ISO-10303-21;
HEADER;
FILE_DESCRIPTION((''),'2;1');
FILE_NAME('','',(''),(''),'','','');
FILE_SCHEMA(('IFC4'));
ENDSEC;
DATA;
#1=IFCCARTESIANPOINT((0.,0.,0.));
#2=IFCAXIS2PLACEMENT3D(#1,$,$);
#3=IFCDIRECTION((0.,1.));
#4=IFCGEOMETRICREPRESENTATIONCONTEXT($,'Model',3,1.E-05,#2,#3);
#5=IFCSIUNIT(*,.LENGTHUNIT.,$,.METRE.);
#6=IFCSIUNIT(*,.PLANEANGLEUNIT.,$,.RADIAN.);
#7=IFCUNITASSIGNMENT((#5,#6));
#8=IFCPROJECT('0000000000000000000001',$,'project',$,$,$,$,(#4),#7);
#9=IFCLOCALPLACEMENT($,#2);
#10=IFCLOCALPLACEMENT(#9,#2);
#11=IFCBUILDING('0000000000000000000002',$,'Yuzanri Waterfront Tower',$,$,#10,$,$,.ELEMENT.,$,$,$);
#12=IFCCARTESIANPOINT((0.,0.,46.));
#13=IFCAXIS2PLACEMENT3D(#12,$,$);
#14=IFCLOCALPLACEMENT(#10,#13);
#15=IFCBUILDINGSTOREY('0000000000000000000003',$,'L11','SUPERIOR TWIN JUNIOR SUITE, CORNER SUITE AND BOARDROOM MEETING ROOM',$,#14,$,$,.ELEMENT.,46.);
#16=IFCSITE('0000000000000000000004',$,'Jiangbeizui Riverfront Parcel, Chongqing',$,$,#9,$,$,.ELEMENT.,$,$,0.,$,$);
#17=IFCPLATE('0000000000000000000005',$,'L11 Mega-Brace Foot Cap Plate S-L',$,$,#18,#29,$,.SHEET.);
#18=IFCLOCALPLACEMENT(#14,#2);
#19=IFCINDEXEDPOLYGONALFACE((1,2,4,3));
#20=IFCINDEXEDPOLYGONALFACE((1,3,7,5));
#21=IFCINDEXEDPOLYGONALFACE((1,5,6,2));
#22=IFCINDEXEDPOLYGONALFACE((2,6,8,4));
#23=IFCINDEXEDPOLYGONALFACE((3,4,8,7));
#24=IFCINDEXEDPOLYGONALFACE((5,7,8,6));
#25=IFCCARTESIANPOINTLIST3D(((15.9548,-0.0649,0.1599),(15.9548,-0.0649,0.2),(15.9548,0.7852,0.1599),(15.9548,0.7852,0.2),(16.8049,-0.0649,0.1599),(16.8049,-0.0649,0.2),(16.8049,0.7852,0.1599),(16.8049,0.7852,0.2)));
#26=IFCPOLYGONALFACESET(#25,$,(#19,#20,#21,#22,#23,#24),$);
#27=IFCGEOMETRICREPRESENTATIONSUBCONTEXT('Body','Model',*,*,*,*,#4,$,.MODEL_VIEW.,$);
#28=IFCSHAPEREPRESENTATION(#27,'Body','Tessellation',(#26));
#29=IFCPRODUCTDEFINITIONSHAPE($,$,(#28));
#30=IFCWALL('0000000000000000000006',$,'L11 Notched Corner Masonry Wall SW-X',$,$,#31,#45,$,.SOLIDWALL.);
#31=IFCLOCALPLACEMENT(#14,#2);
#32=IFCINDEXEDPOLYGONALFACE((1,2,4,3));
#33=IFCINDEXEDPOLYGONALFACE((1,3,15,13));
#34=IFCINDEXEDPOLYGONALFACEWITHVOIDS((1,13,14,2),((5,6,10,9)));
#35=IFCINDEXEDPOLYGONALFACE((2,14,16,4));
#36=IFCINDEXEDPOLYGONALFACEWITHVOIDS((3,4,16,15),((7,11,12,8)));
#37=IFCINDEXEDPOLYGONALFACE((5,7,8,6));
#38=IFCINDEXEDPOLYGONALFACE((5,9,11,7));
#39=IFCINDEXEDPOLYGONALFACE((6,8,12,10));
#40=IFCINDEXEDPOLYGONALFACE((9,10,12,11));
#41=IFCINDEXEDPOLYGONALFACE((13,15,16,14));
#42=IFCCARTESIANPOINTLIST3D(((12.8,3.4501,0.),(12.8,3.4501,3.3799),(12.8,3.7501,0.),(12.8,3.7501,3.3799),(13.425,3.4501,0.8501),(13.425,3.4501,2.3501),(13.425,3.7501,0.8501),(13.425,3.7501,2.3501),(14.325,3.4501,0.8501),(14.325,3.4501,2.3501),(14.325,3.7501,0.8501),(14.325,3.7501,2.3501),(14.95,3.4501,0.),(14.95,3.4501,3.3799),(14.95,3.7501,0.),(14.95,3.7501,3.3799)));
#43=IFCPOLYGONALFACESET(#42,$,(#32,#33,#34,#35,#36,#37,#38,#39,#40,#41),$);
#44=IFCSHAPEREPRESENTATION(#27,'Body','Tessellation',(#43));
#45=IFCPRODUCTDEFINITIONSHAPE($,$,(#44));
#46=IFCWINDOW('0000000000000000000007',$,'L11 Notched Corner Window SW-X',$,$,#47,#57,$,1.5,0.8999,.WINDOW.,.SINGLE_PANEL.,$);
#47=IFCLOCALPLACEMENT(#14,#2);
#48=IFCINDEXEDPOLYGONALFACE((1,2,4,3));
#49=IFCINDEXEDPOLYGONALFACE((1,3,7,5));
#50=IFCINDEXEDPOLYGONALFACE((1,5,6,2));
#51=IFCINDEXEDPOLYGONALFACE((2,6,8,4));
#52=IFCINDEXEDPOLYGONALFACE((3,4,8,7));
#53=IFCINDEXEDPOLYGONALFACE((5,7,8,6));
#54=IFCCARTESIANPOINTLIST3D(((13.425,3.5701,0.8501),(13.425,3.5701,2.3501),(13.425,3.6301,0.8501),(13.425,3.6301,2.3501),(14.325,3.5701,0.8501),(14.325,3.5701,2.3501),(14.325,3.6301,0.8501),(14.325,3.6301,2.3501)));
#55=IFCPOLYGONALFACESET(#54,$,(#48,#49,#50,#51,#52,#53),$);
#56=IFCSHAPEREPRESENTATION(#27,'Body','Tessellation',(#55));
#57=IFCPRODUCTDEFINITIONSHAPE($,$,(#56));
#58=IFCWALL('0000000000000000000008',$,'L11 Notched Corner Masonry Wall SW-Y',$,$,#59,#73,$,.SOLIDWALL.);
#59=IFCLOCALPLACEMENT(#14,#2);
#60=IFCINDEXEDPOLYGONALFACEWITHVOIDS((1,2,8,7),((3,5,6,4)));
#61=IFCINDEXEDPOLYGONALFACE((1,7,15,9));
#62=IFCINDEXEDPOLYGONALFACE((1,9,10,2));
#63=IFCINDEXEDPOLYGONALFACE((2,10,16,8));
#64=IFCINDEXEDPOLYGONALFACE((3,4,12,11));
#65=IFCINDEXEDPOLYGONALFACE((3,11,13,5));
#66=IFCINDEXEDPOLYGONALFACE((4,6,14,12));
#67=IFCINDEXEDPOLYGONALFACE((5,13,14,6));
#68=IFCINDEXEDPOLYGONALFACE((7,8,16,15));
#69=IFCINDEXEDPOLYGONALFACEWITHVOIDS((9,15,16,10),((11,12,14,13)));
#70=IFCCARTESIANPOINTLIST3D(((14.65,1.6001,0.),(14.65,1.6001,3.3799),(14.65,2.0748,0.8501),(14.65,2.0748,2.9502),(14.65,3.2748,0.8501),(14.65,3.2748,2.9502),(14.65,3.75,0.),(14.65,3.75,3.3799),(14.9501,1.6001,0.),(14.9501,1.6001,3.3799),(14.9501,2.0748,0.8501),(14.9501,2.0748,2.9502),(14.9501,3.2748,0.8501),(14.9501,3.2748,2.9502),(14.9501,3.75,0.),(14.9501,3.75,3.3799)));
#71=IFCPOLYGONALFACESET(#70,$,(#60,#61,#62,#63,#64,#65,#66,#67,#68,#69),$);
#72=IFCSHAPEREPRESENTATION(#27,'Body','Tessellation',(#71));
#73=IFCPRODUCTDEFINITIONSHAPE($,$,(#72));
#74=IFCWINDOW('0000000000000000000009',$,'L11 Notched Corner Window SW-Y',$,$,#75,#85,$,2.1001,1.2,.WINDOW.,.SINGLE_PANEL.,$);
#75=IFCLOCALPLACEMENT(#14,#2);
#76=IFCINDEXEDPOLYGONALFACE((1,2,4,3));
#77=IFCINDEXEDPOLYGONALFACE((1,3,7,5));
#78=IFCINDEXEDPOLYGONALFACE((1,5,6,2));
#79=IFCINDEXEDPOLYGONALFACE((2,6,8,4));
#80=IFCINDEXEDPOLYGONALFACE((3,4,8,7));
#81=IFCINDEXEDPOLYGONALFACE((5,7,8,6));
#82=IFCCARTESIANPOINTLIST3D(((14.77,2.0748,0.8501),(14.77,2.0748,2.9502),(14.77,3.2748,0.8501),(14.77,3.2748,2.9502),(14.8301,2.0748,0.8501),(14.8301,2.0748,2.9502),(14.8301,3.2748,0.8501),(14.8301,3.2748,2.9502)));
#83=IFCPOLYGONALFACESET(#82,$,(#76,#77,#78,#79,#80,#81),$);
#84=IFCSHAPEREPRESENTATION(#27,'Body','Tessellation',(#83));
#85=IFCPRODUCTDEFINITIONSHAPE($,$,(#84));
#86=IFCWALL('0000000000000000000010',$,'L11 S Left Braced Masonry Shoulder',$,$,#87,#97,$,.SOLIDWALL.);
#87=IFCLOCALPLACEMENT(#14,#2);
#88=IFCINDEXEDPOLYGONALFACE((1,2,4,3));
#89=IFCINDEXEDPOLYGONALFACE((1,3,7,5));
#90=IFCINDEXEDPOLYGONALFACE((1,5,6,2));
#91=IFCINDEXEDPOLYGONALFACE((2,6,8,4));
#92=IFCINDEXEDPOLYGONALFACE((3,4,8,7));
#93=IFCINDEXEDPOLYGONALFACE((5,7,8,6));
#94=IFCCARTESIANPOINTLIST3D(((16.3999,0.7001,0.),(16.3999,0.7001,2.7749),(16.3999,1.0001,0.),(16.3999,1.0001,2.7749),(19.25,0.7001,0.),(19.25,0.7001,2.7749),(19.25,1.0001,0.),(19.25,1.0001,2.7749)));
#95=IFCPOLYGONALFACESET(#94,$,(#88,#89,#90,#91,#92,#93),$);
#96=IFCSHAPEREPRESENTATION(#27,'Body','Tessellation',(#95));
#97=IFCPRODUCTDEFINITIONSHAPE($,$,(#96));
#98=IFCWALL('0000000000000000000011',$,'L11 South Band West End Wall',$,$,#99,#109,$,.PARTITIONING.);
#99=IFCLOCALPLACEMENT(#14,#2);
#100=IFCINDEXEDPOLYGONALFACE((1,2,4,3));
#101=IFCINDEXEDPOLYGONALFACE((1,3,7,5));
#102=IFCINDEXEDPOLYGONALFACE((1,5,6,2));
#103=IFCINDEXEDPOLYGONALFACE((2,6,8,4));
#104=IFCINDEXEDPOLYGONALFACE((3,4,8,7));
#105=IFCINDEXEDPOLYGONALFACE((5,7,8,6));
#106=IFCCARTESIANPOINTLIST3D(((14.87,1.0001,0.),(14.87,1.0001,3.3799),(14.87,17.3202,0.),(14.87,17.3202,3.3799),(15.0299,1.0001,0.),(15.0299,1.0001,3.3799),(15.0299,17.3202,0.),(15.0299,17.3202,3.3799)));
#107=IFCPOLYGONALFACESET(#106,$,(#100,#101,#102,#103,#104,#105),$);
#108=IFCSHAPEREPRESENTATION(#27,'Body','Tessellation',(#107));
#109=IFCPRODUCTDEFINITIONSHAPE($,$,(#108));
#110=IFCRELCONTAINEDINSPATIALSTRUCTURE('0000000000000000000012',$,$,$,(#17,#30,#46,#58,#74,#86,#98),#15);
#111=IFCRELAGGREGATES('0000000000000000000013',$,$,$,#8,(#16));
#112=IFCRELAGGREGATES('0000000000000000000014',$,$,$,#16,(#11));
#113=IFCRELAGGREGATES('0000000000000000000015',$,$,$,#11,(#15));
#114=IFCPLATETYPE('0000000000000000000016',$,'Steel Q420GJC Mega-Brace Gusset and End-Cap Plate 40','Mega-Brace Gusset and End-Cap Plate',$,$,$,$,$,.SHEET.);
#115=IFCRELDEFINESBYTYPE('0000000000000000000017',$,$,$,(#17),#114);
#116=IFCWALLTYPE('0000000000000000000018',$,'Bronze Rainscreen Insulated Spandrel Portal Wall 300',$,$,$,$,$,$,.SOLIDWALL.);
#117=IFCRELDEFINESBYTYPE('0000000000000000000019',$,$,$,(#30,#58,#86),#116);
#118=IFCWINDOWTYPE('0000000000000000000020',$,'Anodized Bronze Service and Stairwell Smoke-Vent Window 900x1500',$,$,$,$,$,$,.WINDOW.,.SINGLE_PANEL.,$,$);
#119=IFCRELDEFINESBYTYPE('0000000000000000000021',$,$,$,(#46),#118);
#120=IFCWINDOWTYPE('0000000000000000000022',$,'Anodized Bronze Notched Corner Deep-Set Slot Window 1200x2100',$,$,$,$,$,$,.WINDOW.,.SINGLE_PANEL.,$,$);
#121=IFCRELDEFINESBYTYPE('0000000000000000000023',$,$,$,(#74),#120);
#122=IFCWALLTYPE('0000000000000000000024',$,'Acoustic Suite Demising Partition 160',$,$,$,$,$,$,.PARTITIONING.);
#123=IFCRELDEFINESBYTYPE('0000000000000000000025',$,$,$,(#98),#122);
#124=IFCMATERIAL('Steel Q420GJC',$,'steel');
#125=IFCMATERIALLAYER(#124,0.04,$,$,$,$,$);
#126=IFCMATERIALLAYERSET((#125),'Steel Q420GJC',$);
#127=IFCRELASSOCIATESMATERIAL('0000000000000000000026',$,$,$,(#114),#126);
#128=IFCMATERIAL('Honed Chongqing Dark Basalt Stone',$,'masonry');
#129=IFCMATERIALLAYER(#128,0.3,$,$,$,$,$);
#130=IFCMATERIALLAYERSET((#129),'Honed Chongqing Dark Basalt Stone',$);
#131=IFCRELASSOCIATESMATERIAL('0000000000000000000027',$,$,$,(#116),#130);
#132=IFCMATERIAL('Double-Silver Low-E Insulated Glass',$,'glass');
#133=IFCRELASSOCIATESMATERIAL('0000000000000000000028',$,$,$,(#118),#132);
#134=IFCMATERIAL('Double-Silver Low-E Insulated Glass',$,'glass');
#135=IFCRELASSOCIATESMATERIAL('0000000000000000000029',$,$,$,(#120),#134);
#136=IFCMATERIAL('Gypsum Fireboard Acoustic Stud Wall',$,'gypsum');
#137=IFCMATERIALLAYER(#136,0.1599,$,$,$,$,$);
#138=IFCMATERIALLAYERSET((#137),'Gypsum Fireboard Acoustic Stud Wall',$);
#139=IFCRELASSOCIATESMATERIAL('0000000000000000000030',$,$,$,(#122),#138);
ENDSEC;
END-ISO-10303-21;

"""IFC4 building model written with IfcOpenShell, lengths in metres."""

from ifc_helpers import new_model, si_unit, direction, frame, frame_2d, origin, origin_2d, place, context, subcontext, project, spatial, rectangle, extrude, source, transform, mapped, material, layer, layer_set, type_object, element, fill, save


model = new_model("IFC4")

# Units and contexts
model_context = context("Model", 3, precision=1e-05, world=origin(), true_north=direction((0.0, 1.0)))
body_context = subcontext(model_context, "Body", "Model", "MODEL_VIEW")
ifc_project = project(units=[si_unit("LENGTHUNIT", "METRE"), si_unit("PLANEANGLEUNIT", "RADIAN")], contexts=[model_context])

# Site, building, storey
site_placement = place(None, origin())
site = spatial("IfcSite", under=ifc_project, at=site_placement, Name="Jiangbeizui Riverfront Parcel, Chongqing", CompositionType="ELEMENT", RefElevation=0.0)
building_placement = place(site_placement, origin())
building = spatial("IfcBuilding", under=site, at=building_placement, Name="Yuzanri Waterfront Tower", CompositionType="ELEMENT")
storey_placement = place(building_placement, frame((0.0, 0.0, 46.0)))
storey = spatial("IfcBuildingStorey", under=building, at=storey_placement, Name="L11", Description="SUPERIOR TWIN JUNIOR SUITE, CORNER SUITE AND BOARDROOM MEETING ROOM", CompositionType="ELEMENT", Elevation=46.0)

# Plate
ifc_material_1 = material(Name="Steel Q420GJC", Category="steel")
ifc_layer_1 = layer(ifc_material_1, 0.04)
ifc_layer_set_1 = layer_set([ifc_layer_1], Name="Steel Q420GJC")
plate_type = type_object("IfcPlateType", Name="Steel Q420GJC Mega-Brace Gusset and End-Cap Plate 40", Description="Mega-Brace Gusset and End-Cap Plate", PredefinedType="SHEET", material=ifc_layer_set_1)
shared_shape_1 = source(origin(), body_context, "Body", "SweptSolid", [
    extrude(rectangle(XDim=0.8501, YDim=0.8501, at=origin_2d()), origin(), (0.0, 0.0, 1.0), 0.04),
])
plate_placement = place(storey_placement, frame((16.3799, 0.3601, 0.1599), z_axis=(0.0, 0.0, 1.0), x_axis=(1.0, 0.0, 0.0)))
element("IfcPlate", 1, at=plate_placement, inside=storey, type_object=plate_type, Name="L11 Mega-Brace Foot Cap Plate S-L", PredefinedType="SHEET", context=body_context, shape_type="MappedRepresentation", body=[
    mapped(shared_shape_1, transform((0.0, 0.0, 0.0), scale=1.0)),
])

# Walls, openings, windows
ifc_material_2 = material(Name="Honed Chongqing Dark Basalt Stone", Category="masonry")
ifc_layer_2 = layer(ifc_material_2, 0.3)
ifc_layer_set_2 = layer_set([ifc_layer_2], Name="Honed Chongqing Dark Basalt Stone")
wall_type_1 = type_object("IfcWallType", Name="Bronze Rainscreen Insulated Spandrel Portal Wall 300", PredefinedType="SOLIDWALL", material=ifc_layer_set_2)
wall_1_placement = place(storey_placement, frame((12.8, 3.6001, 0.0), z_axis=(0.0, 0.0, 1.0), x_axis=(1.0, 0.0, 0.0)))
wall_1 = element("IfcWall", 2, at=wall_1_placement, inside=storey, type_object=wall_type_1, Name="L11 Notched Corner Masonry Wall SW-X", PredefinedType="SOLIDWALL", context=body_context, shape_type="SweptSolid", body=[
    extrude(rectangle(XDim=2.1499, YDim=0.3, at=frame_2d((1.075, 0.0))), origin(), (0.0, 0.0, 1.0), 3.3799),
])
opening_1_placement = place(wall_1_placement, frame((0.625, 0.0, 0.8501)))
opening_1 = element("IfcOpeningElement", 3, at=opening_1_placement, cuts=wall_1, PredefinedType="OPENING", context=body_context, shape_type="SweptSolid", body=[
    extrude(rectangle(XDim=0.8999, YDim=1.5, at=frame_2d((0.45, 0.75))), frame((0.0, 0.165, 0.0), z_axis=(0.0, -1.0, 0.0), x_axis=(1.0, 0.0, 0.0)), (0.0, 0.0, 1.0), 0.3298),
])
ifc_material_3 = material(Name="Double-Silver Low-E Insulated Glass", Category="glass")
window_type_1 = type_object("IfcWindowType", Name="Anodized Bronze Service and Stairwell Smoke-Vent Window 900x1500", PartitioningType="SINGLE_PANEL", PredefinedType="WINDOW", material=ifc_material_3)
shared_shape_2 = source(origin(), body_context, "Body", "SweptSolid", [
    extrude(rectangle(XDim=0.8999, YDim=1.5, at=frame_2d((0.45, 0.75))), frame((0.0, 0.03, 0.0), z_axis=(0.0, -1.0, 0.0), x_axis=(1.0, 0.0, 0.0)), (0.0, 0.0, 1.0), 0.0601),
])
window_1_placement = place(opening_1_placement, origin())
window_1 = element("IfcWindow", 4, at=window_1_placement, inside=storey, type_object=window_type_1, Name="L11 Notched Corner Window SW-X", OverallHeight=1.5, OverallWidth=0.8999, PartitioningType="SINGLE_PANEL", PredefinedType="WINDOW", context=body_context, shape_type="MappedRepresentation", body=[
    mapped(shared_shape_2, transform((0.0, 0.0, 0.0), scale=1.0)),
])
fill(opening_1, window_1)
wall_2_placement = place(storey_placement, frame((14.8, 3.75, 0.0), z_axis=(0.0, 0.0, 1.0), x_axis=(0.0, -1.0, 0.0)))
wall_2 = element("IfcWall", 5, at=wall_2_placement, inside=storey, type_object=wall_type_1, Name="L11 Notched Corner Masonry Wall SW-Y", PredefinedType="SOLIDWALL", context=body_context, shape_type="SweptSolid", body=[
    extrude(rectangle(XDim=2.1499, YDim=0.3, at=frame_2d((1.075, 0.0))), origin(), (0.0, 0.0, 1.0), 3.3799),
])
opening_2_placement = place(wall_2_placement, frame((0.4751, 0.0, 0.8501)))
opening_2 = element("IfcOpeningElement", 6, at=opening_2_placement, cuts=wall_2, PredefinedType="OPENING", context=body_context, shape_type="SweptSolid", body=[
    extrude(rectangle(XDim=1.2, YDim=2.1001, at=frame_2d((0.6001, 1.05))), frame((0.0, 0.165, 0.0), z_axis=(0.0, -1.0, 0.0), x_axis=(1.0, 0.0, 0.0)), (0.0, 0.0, 1.0), 0.3298),
])
ifc_material_4 = material(Name="Double-Silver Low-E Insulated Glass", Category="glass")
window_type_2 = type_object("IfcWindowType", Name="Anodized Bronze Notched Corner Deep-Set Slot Window 1200x2100", PartitioningType="SINGLE_PANEL", PredefinedType="WINDOW", material=ifc_material_4)
shared_shape_3 = source(origin(), body_context, "Body", "SweptSolid", [
    extrude(rectangle(XDim=1.2, YDim=2.1001, at=frame_2d((0.6001, 1.05))), frame((0.0, 0.03, 0.0), z_axis=(0.0, -1.0, 0.0), x_axis=(1.0, 0.0, 0.0)), (0.0, 0.0, 1.0), 0.0601),
])
window_2_placement = place(opening_2_placement, origin())
window_2 = element("IfcWindow", 7, at=window_2_placement, inside=storey, type_object=window_type_2, Name="L11 Notched Corner Window SW-Y", OverallHeight=2.1001, OverallWidth=1.2, PartitioningType="SINGLE_PANEL", PredefinedType="WINDOW", context=body_context, shape_type="MappedRepresentation", body=[
    mapped(shared_shape_3, transform((0.0, 0.0, 0.0), scale=1.0)),
])
fill(opening_2, window_2)

# Walls
shared_shape_4 = source(origin(), body_context, "Body", "SweptSolid", [
    extrude(rectangle(XDim=2.8501, YDim=0.3, at=frame_2d((1.425, 0.0))), origin(), (0.0, 0.0, 1.0), 2.7749),
])
wall_3_placement = place(storey_placement, frame((16.3999, 0.8501, 0.0), z_axis=(0.0, 0.0, 1.0), x_axis=(1.0, 0.0, 0.0)))
element("IfcWall", 8, at=wall_3_placement, inside=storey, type_object=wall_type_1, Name="L11 S Left Braced Masonry Shoulder", PredefinedType="SOLIDWALL", context=body_context, shape_type="MappedRepresentation", body=[
    mapped(shared_shape_4, transform((0.0, 0.0, 0.0), scale=1.0)),
])
ifc_material_5 = material(Name="Gypsum Fireboard Acoustic Stud Wall", Category="gypsum")
ifc_layer_3 = layer(ifc_material_5, 0.1599)
ifc_layer_set_3 = layer_set([ifc_layer_3], Name="Gypsum Fireboard Acoustic Stud Wall")
wall_type_2 = type_object("IfcWallType", Name="Acoustic Suite Demising Partition 160", PredefinedType="PARTITIONING", material=ifc_layer_set_3)
shared_shape_5 = source(origin(), body_context, "Body", "SweptSolid", [
    extrude(rectangle(XDim=16.3201, YDim=0.1599, at=frame_2d((8.1602, 0.0))), origin(), (0.0, 0.0, 1.0), 3.3799),
])
wall_4_placement = place(storey_placement, frame((14.95, 1.0, 0.0), z_axis=(0.0, 0.0, 1.0), x_axis=(0.0, 1.0, 0.0)))
element("IfcWall", 9, at=wall_4_placement, inside=storey, type_object=wall_type_2, Name="L11 South Band West End Wall", PredefinedType="PARTITIONING", context=body_context, shape_type="MappedRepresentation", body=[
    mapped(shared_shape_5, transform((0.0, 0.0, 0.0), scale=1.0)),
])

save(model, "model.ifc")
